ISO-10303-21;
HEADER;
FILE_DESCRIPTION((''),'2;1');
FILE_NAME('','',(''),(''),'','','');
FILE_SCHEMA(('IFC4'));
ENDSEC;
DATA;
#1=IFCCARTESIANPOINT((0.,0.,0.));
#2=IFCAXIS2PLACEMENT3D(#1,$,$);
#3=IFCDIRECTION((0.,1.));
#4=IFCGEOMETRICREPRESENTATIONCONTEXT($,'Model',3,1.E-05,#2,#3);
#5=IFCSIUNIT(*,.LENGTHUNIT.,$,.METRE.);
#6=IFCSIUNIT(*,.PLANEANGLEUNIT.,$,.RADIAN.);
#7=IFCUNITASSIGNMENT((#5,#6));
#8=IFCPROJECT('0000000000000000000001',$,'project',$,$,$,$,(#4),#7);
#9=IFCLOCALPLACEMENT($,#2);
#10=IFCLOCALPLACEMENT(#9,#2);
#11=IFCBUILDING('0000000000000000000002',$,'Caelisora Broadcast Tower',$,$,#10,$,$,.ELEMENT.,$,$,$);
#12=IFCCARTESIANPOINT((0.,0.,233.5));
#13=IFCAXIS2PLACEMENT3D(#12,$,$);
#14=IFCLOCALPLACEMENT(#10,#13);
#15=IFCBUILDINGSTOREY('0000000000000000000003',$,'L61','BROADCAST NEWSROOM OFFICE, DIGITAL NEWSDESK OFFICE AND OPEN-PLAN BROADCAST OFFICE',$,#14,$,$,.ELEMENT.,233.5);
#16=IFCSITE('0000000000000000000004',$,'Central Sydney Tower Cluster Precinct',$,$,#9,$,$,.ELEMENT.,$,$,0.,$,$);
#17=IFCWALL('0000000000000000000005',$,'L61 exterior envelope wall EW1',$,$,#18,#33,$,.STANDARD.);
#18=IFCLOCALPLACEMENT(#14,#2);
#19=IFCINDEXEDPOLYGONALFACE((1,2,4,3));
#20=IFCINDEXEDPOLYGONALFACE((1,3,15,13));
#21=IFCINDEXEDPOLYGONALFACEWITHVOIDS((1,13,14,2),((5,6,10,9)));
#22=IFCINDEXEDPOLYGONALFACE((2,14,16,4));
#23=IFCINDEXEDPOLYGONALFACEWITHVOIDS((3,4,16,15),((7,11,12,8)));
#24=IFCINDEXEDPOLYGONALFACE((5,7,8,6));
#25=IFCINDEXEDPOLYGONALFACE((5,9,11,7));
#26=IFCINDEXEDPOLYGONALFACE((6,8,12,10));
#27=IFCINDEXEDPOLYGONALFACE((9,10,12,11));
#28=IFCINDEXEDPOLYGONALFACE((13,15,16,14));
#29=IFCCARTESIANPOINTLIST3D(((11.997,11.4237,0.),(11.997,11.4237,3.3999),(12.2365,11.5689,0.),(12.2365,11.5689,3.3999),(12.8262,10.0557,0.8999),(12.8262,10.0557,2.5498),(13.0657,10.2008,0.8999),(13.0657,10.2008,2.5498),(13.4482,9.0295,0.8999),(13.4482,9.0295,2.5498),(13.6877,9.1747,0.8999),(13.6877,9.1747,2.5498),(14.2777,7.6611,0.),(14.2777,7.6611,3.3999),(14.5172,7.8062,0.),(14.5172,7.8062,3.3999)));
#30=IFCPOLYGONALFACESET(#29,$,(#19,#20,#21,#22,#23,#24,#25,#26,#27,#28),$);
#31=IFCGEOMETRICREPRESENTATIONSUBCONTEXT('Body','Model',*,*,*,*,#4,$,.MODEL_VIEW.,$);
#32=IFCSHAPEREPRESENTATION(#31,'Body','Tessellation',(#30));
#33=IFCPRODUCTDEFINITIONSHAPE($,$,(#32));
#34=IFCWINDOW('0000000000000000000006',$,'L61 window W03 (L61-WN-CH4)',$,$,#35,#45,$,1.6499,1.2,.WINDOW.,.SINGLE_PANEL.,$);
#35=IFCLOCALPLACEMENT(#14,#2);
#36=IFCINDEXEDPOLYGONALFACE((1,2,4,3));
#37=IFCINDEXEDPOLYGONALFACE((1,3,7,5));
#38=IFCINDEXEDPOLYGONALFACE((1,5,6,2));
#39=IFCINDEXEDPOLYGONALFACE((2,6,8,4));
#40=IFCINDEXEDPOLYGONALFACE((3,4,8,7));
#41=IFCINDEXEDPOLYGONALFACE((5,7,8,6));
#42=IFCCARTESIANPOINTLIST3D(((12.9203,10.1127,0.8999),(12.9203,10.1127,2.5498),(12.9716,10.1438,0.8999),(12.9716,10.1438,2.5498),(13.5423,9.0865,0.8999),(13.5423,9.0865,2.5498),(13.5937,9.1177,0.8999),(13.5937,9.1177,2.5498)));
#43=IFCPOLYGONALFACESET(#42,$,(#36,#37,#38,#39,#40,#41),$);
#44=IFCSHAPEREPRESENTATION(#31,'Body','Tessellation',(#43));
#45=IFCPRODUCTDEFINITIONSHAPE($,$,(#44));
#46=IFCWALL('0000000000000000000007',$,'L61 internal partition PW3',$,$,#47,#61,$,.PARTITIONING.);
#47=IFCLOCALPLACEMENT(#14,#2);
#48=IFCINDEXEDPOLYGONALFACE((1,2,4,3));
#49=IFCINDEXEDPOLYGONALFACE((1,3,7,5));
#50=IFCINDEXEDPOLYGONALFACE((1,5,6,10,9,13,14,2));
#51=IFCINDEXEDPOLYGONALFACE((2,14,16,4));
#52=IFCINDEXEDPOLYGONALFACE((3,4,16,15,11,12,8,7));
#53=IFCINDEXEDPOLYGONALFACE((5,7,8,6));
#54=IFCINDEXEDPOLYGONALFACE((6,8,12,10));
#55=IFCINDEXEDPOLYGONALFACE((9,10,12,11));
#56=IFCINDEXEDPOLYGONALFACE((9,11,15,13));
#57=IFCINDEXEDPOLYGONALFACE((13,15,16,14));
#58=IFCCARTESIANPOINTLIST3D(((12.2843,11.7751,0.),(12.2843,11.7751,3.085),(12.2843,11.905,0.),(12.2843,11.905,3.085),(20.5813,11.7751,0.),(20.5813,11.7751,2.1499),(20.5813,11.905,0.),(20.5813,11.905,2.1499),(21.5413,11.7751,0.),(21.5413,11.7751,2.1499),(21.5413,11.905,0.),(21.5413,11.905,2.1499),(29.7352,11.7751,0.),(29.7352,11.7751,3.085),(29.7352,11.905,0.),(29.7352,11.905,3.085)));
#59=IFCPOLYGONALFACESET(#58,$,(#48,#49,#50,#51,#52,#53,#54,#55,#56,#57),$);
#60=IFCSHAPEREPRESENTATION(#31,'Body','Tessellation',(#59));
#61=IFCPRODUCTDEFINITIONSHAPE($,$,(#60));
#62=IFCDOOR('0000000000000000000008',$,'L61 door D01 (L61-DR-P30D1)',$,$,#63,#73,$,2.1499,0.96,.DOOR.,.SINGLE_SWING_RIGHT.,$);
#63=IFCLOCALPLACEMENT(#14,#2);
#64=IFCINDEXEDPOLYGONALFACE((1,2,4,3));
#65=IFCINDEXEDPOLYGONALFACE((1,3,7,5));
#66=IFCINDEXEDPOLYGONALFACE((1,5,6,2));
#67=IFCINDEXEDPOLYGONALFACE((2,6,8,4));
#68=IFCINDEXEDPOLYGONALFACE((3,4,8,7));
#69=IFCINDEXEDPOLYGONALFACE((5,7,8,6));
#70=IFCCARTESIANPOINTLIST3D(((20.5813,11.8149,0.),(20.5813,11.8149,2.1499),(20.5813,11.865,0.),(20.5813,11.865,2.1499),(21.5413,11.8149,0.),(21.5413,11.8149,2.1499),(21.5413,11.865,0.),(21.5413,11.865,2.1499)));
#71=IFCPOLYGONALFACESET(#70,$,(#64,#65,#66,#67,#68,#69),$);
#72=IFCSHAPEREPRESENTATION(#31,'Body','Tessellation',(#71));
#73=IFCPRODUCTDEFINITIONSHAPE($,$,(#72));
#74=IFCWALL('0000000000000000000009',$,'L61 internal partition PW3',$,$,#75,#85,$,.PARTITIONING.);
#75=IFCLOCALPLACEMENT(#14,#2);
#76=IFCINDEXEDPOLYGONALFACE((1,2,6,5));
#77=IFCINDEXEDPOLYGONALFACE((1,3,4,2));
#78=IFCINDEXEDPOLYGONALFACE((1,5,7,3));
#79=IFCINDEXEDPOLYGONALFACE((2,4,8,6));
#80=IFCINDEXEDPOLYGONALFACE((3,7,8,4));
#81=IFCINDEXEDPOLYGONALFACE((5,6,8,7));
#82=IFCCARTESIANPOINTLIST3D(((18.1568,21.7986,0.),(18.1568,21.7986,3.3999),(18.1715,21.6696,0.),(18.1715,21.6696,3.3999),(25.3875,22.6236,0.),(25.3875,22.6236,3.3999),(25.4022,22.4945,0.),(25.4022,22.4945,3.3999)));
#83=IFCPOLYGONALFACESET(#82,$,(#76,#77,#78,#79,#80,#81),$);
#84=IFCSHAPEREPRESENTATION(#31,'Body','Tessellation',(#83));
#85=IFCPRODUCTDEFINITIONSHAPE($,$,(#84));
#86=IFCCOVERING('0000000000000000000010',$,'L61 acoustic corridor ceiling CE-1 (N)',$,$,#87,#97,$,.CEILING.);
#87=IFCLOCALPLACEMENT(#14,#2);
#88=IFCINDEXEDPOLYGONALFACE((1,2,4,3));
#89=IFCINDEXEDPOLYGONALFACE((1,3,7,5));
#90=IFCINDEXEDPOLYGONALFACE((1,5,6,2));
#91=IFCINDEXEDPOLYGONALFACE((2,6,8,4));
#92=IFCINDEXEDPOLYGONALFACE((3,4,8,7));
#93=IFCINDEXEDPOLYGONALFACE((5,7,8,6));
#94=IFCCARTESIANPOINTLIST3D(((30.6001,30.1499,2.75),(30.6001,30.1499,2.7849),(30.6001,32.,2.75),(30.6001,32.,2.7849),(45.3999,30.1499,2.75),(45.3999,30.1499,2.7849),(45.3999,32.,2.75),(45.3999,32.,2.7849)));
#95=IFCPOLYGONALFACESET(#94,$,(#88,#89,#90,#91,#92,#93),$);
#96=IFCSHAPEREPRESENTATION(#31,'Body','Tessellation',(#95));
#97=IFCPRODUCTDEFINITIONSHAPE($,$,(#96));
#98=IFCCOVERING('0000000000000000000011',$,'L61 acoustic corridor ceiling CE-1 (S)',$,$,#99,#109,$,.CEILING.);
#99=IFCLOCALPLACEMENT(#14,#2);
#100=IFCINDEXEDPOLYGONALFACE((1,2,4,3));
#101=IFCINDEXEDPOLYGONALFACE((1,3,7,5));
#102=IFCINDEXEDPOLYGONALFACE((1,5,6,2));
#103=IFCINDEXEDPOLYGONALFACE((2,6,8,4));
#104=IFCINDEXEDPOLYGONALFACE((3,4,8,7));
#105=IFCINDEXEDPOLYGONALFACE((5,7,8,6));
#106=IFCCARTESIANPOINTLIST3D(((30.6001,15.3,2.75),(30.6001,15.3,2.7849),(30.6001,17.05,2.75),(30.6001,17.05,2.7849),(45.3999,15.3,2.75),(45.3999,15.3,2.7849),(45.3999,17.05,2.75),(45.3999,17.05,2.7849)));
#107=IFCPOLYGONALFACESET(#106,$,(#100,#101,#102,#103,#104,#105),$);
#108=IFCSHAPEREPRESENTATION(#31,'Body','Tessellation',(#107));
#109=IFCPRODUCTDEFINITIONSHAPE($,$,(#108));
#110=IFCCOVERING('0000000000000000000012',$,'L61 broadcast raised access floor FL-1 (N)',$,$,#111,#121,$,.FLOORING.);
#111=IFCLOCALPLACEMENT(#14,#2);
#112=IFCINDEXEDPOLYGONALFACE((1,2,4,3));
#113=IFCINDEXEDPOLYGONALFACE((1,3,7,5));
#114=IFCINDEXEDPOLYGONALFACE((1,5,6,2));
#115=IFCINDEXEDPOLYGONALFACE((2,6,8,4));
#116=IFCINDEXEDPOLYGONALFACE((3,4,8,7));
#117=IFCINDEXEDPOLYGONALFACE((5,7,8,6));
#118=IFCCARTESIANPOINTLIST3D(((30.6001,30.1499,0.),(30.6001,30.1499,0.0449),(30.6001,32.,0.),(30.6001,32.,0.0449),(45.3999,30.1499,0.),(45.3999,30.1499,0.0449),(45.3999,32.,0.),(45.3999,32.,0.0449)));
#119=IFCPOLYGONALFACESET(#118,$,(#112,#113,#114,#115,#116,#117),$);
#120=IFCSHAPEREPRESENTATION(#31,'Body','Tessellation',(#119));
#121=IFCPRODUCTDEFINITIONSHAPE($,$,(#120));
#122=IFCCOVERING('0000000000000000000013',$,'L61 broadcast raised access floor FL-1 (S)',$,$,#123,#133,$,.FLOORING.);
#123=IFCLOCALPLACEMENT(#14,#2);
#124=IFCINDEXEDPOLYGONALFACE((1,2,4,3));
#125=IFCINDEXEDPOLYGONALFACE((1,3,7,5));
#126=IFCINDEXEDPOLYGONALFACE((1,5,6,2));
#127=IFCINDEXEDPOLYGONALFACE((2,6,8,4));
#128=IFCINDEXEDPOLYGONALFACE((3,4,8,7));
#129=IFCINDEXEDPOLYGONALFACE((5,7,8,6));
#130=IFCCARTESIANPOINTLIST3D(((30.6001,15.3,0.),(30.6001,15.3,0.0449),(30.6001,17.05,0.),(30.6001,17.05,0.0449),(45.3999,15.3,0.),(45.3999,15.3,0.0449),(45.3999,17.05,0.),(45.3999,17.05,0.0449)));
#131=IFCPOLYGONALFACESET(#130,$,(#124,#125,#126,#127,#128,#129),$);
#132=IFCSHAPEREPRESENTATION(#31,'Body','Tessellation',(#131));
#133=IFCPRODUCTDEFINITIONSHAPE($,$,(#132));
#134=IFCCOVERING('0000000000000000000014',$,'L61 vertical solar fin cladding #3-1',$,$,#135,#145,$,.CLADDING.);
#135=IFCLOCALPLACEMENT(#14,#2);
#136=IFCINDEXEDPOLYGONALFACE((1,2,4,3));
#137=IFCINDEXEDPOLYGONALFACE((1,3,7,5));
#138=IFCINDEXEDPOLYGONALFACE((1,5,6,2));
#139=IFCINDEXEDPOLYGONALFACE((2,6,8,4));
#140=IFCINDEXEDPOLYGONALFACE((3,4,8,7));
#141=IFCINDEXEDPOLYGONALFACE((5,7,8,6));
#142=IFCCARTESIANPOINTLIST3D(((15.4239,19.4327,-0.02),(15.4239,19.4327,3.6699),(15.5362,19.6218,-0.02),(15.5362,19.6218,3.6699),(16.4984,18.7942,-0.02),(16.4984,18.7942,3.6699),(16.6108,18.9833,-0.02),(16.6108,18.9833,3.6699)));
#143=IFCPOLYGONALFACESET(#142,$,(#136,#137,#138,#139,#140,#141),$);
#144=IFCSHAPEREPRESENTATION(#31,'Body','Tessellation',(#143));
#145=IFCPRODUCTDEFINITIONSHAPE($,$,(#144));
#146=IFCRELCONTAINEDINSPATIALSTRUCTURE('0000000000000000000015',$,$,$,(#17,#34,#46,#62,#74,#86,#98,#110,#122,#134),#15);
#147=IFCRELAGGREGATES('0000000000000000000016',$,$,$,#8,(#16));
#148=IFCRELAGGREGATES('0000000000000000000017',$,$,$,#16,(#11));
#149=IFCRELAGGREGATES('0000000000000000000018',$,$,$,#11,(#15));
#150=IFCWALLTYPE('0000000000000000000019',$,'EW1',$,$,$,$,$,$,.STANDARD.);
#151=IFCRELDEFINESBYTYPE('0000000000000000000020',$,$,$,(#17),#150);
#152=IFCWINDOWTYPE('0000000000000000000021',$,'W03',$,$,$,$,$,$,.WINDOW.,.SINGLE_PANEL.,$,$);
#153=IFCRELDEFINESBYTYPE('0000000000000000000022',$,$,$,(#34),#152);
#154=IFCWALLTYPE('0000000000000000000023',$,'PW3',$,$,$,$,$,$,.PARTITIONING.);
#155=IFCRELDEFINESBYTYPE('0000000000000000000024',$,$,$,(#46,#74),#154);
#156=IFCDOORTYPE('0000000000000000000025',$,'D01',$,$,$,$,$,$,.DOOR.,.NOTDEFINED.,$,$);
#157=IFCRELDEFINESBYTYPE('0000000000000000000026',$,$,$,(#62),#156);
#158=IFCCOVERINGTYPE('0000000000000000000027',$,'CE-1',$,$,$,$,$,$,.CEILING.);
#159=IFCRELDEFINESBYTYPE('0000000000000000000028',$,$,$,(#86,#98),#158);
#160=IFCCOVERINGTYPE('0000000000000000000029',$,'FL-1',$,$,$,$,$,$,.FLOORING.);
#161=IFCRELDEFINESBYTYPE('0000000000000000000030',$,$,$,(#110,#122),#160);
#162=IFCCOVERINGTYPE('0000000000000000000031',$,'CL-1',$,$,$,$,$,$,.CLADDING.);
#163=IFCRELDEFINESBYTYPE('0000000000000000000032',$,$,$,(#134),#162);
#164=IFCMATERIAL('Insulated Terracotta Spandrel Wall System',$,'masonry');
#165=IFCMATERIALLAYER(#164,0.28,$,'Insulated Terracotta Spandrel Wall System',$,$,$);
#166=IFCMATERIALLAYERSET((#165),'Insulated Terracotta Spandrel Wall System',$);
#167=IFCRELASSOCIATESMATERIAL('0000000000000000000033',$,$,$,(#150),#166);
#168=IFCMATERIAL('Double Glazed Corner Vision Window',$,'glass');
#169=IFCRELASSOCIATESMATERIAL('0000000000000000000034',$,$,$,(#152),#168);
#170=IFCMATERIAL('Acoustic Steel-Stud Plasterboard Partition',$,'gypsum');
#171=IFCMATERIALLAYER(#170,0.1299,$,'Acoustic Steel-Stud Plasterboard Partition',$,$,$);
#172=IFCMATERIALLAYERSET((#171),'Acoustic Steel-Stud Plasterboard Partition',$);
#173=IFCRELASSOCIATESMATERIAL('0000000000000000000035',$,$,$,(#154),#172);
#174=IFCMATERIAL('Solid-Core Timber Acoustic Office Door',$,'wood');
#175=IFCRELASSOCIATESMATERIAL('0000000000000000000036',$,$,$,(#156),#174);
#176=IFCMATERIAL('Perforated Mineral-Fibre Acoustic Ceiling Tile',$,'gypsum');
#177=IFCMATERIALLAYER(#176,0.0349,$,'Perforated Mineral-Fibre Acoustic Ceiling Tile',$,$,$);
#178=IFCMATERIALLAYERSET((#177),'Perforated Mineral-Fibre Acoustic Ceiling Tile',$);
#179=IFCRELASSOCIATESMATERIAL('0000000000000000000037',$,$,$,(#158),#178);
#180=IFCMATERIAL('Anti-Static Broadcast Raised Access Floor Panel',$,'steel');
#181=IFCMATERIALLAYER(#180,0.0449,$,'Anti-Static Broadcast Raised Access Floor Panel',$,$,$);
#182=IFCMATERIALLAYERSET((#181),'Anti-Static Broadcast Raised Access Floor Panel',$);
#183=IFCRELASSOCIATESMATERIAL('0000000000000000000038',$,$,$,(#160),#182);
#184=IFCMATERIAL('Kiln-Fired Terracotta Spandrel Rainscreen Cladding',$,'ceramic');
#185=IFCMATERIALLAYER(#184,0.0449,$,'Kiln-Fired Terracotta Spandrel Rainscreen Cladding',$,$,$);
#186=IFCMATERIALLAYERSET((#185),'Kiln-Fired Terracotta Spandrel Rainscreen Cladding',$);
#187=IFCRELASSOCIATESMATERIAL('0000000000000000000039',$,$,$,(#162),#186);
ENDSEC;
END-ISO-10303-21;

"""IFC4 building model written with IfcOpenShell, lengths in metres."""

from ifc_helpers import new_model, si_unit, direction, frame, frame_2d, origin, origin_2d, place, context, subcontext, project, spatial, polyline, rectangle, outline, extrude, source, transform, mapped, material, layer, layer_set, type_object, type_shapes, element, fill, save


model = new_model("IFC4")

# Units and contexts
model_context = context("Model", 3, precision=1e-05, world=origin(), true_north=direction((0.0, 1.0)))
body_context = subcontext(model_context, "Body", "Model", "MODEL_VIEW")
ifc_project = project(units=[si_unit("LENGTHUNIT", "METRE"), si_unit("PLANEANGLEUNIT", "RADIAN")], contexts=[model_context])

# Site, building, storey
site_placement = place(None, origin())
site = spatial("IfcSite", under=ifc_project, at=site_placement, Name="Central Sydney Tower Cluster Precinct", CompositionType="ELEMENT", RefElevation=0.0)
building_placement = place(site_placement, origin())
building = spatial("IfcBuilding", under=site, at=building_placement, Name="Caelisora Broadcast Tower", CompositionType="ELEMENT")
storey_placement = place(building_placement, frame((0.0, 0.0, 233.5)))
storey = spatial("IfcBuildingStorey", under=building, at=storey_placement, Name="L61", Description="BROADCAST NEWSROOM OFFICE, DIGITAL NEWSDESK OFFICE AND OPEN-PLAN BROADCAST OFFICE", CompositionType="ELEMENT", Elevation=233.5)

# Wall, opening, window
ifc_material_1 = material(Name="Insulated Terracotta Spandrel Wall System", Category="masonry")
ifc_layer_1 = layer(ifc_material_1, 0.28, Name="Insulated Terracotta Spandrel Wall System")
ifc_layer_set_1 = layer_set([ifc_layer_1], Name="Insulated Terracotta Spandrel Wall System")
wall_type_1 = type_object("IfcWallType", Name="EW1", PredefinedType="STANDARD", material=ifc_layer_set_1)
wall_1_placement = place(storey_placement, frame((14.3975, 7.7336, 0.0), z_axis=(0.0, 0.0, 1.0), x_axis=(-0.518358, 0.855164, 0.0)))
wall_1 = element("IfcWall", 1, at=wall_1_placement, inside=storey, type_object=wall_type_1, Name="L61 exterior envelope wall EW1", PredefinedType="STANDARD", context=body_context, shape_type="SweptSolid", body=[
    extrude(rectangle(XDim=4.3999, YDim=0.28, at=frame_2d((2.2, 0.0))), origin(), (0.0, 0.0, 1.0), 3.3999),
])
opening_1_placement = place(wall_1_placement, frame((1.6001, 0.0, 0.8999)))
opening_1 = element("IfcOpeningElement", 2, at=opening_1_placement, cuts=wall_1, PredefinedType="OPENING", context=body_context, shape_type="SweptSolid", body=[
    extrude(rectangle(XDim=1.2, YDim=1.6499, at=frame_2d((0.6001, 0.825))), frame((0.0, 0.1521, 0.0), z_axis=(0.0, -1.0, 0.0), x_axis=(1.0, 0.0, 0.0)), (0.0, 0.0, 1.0), 0.304),
])
ifc_material_2 = material(Name="Double Glazed Corner Vision Window", Category="glass")
window_type = type_object("IfcWindowType", Name="W03", PartitioningType="SINGLE_PANEL", PredefinedType="WINDOW", material=ifc_material_2)
window_placement = place(opening_1_placement, origin())
window = element("IfcWindow", 3, at=window_placement, inside=storey, type_object=window_type, Name="L61 window W03 (L61-WN-CH4)", OverallHeight=1.6499, OverallWidth=1.2, PartitioningType="SINGLE_PANEL", PredefinedType="WINDOW", context=body_context, shape_type="SweptSolid", body=[
    extrude(rectangle(XDim=1.2, YDim=1.6499, at=frame_2d((0.6001, 0.825))), frame((0.0, 0.03, 0.0), z_axis=(0.0, -1.0, 0.0), x_axis=(1.0, 0.0, 0.0)), (0.0, 0.0, 1.0), 0.0601),
])
fill(opening_1, window)

# Wall, opening, door
ifc_material_3 = material(Name="Acoustic Steel-Stud Plasterboard Partition", Category="gypsum")
ifc_layer_2 = layer(ifc_material_3, 0.1299, Name="Acoustic Steel-Stud Plasterboard Partition")
ifc_layer_set_2 = layer_set([ifc_layer_2], Name="Acoustic Steel-Stud Plasterboard Partition")
wall_type_2 = type_object("IfcWallType", Name="PW3", PredefinedType="PARTITIONING", material=ifc_layer_set_2)
wall_2_placement = place(storey_placement, frame((12.2842, 11.8401, 0.0), z_axis=(0.0, 0.0, 1.0), x_axis=(1.0, 0.0, 0.0)))
wall_2 = element("IfcWall", 4, at=wall_2_placement, inside=storey, type_object=wall_type_2, Name="L61 internal partition PW3", PredefinedType="PARTITIONING", context=body_context, shape_type="SweptSolid", body=[
    extrude(rectangle(XDim=17.4509, YDim=0.1299, at=frame_2d((8.7256, 0.0))), origin(), (0.0, 0.0, 1.0), 3.085),
])
opening_2_placement = place(wall_2_placement, frame((8.2971, 0.0, 0.0)))
opening_2 = element("IfcOpeningElement", 5, at=opening_2_placement, cuts=wall_2, PredefinedType="OPENING", context=body_context, shape_type="SweptSolid", body=[
    extrude(rectangle(XDim=0.96, YDim=2.1499, at=frame_2d((0.48, 1.075))), frame((0.0, 0.0769, 0.0), z_axis=(0.0, -1.0, 0.0), x_axis=(1.0, 0.0, 0.0)), (0.0, 0.0, 1.0), 0.1538),
])
ifc_material_4 = material(Name="Solid-Core Timber Acoustic Office Door", Category="wood")
door_type = type_object("IfcDoorType", Name="D01", OperationType="NOTDEFINED", PredefinedType="DOOR", material=ifc_material_4)
door_placement = place(opening_2_placement, origin())
door = element("IfcDoor", 6, at=door_placement, inside=storey, type_object=door_type, Name="L61 door D01 (L61-DR-P30D1)", OperationType="SINGLE_SWING_RIGHT", OverallHeight=2.1499, OverallWidth=0.96, PredefinedType="DOOR", context=body_context, shape_type="SweptSolid", body=[
    extrude(rectangle(XDim=0.96, YDim=2.1499, at=frame_2d((0.48, 1.075))), frame((0.0, 0.0249, 0.0), z_axis=(0.0, -1.0, 0.0), x_axis=(1.0, 0.0, 0.0)), (0.0, 0.0, 1.0), 0.05),
])
fill(opening_2, door)

# Wall
wall_3_placement = place(storey_placement, frame((18.1643, 21.7341, 0.0), z_axis=(0.0, 0.0, 1.0), x_axis=(0.993555, 0.113355, 0.0)))
element("IfcWall", 7, at=wall_3_placement, inside=storey, type_object=wall_type_2, Name="L61 internal partition PW3", PredefinedType="PARTITIONING", context=body_context, shape_type="SweptSolid", body=[
    extrude(rectangle(XDim=7.2776, YDim=0.1299, at=frame_2d((3.6387, 0.0))), origin(), (0.0, 0.0, 1.0), 3.3999),
])

# Coverings
ifc_material_5 = material(Name="Perforated Mineral-Fibre Acoustic Ceiling Tile", Category="gypsum")
ifc_layer_3 = layer(ifc_material_5, 0.0349, Name="Perforated Mineral-Fibre Acoustic Ceiling Tile")
ifc_layer_set_3 = layer_set([ifc_layer_3], Name="Perforated Mineral-Fibre Acoustic Ceiling Tile")
covering_type_1 = type_object("IfcCoveringType", Name="CE-1", PredefinedType="CEILING", material=ifc_layer_set_3)
covering_1_placement = place(storey_placement, frame((0.0, 0.0, 2.75)))
element("IfcCovering", 8, at=covering_1_placement, inside=storey, type_object=covering_type_1, Name="L61 acoustic corridor ceiling CE-1 (N)", PredefinedType="CEILING", context=body_context, shape_type="SweptSolid", body=[
    extrude(outline(polyline([(30.6001, 30.1499), (45.3999, 30.1499), (45.3999, 32.0), (30.6001, 32.0), (30.6001, 30.1499)])), origin(), (0.0, 0.0, 1.0), 0.0349),
])
covering_2_placement = place(storey_placement, frame((0.0, 0.0, 2.75)))
element("IfcCovering", 9, at=covering_2_placement, inside=storey, type_object=covering_type_1, Name="L61 acoustic corridor ceiling CE-1 (S)", PredefinedType="CEILING", context=body_context, shape_type="SweptSolid", body=[
    extrude(outline(polyline([(30.6001, 15.3), (45.3999, 15.3), (45.3999, 17.05), (30.6001, 17.05), (30.6001, 15.3)])), origin(), (0.0, 0.0, 1.0), 0.0349),
])
ifc_material_6 = material(Name="Anti-Static Broadcast Raised Access Floor Panel", Category="steel")
ifc_layer_4 = layer(ifc_material_6, 0.0449, Name="Anti-Static Broadcast Raised Access Floor Panel")
ifc_layer_set_4 = layer_set([ifc_layer_4], Name="Anti-Static Broadcast Raised Access Floor Panel")
covering_type_2 = type_object("IfcCoveringType", Name="FL-1", PredefinedType="FLOORING", material=ifc_layer_set_4)
covering_3_placement = place(storey_placement, origin())
element("IfcCovering", 10, at=covering_3_placement, inside=storey, type_object=covering_type_2, Name="L61 broadcast raised access floor FL-1 (N)", PredefinedType="FLOORING", context=body_context, shape_type="SweptSolid", body=[
    extrude(outline(polyline([(30.6001, 30.1499), (45.3999, 30.1499), (45.3999, 32.0), (30.6001, 32.0), (30.6001, 30.1499)])), origin(), (0.0, 0.0, 1.0), 0.0449),
])
covering_4_placement = place(storey_placement, origin())
element("IfcCovering", 11, at=covering_4_placement, inside=storey, type_object=covering_type_2, Name="L61 broadcast raised access floor FL-1 (S)", PredefinedType="FLOORING", context=body_context, shape_type="SweptSolid", body=[
    extrude(outline(polyline([(30.6001, 15.3), (45.3999, 15.3), (45.3999, 17.05), (30.6001, 17.05), (30.6001, 15.3)])), origin(), (0.0, 0.0, 1.0), 0.0449),
])
ifc_material_7 = material(Name="Kiln-Fired Terracotta Spandrel Rainscreen Cladding", Category="ceramic")
ifc_layer_5 = layer(ifc_material_7, 0.0449, Name="Kiln-Fired Terracotta Spandrel Rainscreen Cladding")
ifc_layer_set_5 = layer_set([ifc_layer_5], Name="Kiln-Fired Terracotta Spandrel Rainscreen Cladding")
covering_type_3 = type_object("IfcCoveringType", Name="CL-1", PredefinedType="CLADDING", material=ifc_layer_set_5)
shared_shape_1 = source(origin(), body_context, "Body", "SweptSolid", [
    extrude(rectangle(XDim=0.22, YDim=1.25, at=origin_2d()), origin(), (0.0, 0.0, 1.0), 3.6899),
])
type_shapes(covering_type_3, [shared_shape_1])
covering_5_placement = place(storey_placement, frame((16.0173, 19.208, -0.02), z_axis=(0.0, 0.0, 1.0), x_axis=(0.510843, 0.859674, 0.0)))
element("IfcCovering", 12, at=covering_5_placement, inside=storey, type_object=covering_type_3, Name="L61 vertical solar fin cladding #3-1", PredefinedType="CLADDING", context=body_context, shape_type="MappedRepresentation", body=[
    mapped(shared_shape_1, transform((0.0, 0.0, 0.0), scale=1.0)),
])

save(model, "model.ifc")
